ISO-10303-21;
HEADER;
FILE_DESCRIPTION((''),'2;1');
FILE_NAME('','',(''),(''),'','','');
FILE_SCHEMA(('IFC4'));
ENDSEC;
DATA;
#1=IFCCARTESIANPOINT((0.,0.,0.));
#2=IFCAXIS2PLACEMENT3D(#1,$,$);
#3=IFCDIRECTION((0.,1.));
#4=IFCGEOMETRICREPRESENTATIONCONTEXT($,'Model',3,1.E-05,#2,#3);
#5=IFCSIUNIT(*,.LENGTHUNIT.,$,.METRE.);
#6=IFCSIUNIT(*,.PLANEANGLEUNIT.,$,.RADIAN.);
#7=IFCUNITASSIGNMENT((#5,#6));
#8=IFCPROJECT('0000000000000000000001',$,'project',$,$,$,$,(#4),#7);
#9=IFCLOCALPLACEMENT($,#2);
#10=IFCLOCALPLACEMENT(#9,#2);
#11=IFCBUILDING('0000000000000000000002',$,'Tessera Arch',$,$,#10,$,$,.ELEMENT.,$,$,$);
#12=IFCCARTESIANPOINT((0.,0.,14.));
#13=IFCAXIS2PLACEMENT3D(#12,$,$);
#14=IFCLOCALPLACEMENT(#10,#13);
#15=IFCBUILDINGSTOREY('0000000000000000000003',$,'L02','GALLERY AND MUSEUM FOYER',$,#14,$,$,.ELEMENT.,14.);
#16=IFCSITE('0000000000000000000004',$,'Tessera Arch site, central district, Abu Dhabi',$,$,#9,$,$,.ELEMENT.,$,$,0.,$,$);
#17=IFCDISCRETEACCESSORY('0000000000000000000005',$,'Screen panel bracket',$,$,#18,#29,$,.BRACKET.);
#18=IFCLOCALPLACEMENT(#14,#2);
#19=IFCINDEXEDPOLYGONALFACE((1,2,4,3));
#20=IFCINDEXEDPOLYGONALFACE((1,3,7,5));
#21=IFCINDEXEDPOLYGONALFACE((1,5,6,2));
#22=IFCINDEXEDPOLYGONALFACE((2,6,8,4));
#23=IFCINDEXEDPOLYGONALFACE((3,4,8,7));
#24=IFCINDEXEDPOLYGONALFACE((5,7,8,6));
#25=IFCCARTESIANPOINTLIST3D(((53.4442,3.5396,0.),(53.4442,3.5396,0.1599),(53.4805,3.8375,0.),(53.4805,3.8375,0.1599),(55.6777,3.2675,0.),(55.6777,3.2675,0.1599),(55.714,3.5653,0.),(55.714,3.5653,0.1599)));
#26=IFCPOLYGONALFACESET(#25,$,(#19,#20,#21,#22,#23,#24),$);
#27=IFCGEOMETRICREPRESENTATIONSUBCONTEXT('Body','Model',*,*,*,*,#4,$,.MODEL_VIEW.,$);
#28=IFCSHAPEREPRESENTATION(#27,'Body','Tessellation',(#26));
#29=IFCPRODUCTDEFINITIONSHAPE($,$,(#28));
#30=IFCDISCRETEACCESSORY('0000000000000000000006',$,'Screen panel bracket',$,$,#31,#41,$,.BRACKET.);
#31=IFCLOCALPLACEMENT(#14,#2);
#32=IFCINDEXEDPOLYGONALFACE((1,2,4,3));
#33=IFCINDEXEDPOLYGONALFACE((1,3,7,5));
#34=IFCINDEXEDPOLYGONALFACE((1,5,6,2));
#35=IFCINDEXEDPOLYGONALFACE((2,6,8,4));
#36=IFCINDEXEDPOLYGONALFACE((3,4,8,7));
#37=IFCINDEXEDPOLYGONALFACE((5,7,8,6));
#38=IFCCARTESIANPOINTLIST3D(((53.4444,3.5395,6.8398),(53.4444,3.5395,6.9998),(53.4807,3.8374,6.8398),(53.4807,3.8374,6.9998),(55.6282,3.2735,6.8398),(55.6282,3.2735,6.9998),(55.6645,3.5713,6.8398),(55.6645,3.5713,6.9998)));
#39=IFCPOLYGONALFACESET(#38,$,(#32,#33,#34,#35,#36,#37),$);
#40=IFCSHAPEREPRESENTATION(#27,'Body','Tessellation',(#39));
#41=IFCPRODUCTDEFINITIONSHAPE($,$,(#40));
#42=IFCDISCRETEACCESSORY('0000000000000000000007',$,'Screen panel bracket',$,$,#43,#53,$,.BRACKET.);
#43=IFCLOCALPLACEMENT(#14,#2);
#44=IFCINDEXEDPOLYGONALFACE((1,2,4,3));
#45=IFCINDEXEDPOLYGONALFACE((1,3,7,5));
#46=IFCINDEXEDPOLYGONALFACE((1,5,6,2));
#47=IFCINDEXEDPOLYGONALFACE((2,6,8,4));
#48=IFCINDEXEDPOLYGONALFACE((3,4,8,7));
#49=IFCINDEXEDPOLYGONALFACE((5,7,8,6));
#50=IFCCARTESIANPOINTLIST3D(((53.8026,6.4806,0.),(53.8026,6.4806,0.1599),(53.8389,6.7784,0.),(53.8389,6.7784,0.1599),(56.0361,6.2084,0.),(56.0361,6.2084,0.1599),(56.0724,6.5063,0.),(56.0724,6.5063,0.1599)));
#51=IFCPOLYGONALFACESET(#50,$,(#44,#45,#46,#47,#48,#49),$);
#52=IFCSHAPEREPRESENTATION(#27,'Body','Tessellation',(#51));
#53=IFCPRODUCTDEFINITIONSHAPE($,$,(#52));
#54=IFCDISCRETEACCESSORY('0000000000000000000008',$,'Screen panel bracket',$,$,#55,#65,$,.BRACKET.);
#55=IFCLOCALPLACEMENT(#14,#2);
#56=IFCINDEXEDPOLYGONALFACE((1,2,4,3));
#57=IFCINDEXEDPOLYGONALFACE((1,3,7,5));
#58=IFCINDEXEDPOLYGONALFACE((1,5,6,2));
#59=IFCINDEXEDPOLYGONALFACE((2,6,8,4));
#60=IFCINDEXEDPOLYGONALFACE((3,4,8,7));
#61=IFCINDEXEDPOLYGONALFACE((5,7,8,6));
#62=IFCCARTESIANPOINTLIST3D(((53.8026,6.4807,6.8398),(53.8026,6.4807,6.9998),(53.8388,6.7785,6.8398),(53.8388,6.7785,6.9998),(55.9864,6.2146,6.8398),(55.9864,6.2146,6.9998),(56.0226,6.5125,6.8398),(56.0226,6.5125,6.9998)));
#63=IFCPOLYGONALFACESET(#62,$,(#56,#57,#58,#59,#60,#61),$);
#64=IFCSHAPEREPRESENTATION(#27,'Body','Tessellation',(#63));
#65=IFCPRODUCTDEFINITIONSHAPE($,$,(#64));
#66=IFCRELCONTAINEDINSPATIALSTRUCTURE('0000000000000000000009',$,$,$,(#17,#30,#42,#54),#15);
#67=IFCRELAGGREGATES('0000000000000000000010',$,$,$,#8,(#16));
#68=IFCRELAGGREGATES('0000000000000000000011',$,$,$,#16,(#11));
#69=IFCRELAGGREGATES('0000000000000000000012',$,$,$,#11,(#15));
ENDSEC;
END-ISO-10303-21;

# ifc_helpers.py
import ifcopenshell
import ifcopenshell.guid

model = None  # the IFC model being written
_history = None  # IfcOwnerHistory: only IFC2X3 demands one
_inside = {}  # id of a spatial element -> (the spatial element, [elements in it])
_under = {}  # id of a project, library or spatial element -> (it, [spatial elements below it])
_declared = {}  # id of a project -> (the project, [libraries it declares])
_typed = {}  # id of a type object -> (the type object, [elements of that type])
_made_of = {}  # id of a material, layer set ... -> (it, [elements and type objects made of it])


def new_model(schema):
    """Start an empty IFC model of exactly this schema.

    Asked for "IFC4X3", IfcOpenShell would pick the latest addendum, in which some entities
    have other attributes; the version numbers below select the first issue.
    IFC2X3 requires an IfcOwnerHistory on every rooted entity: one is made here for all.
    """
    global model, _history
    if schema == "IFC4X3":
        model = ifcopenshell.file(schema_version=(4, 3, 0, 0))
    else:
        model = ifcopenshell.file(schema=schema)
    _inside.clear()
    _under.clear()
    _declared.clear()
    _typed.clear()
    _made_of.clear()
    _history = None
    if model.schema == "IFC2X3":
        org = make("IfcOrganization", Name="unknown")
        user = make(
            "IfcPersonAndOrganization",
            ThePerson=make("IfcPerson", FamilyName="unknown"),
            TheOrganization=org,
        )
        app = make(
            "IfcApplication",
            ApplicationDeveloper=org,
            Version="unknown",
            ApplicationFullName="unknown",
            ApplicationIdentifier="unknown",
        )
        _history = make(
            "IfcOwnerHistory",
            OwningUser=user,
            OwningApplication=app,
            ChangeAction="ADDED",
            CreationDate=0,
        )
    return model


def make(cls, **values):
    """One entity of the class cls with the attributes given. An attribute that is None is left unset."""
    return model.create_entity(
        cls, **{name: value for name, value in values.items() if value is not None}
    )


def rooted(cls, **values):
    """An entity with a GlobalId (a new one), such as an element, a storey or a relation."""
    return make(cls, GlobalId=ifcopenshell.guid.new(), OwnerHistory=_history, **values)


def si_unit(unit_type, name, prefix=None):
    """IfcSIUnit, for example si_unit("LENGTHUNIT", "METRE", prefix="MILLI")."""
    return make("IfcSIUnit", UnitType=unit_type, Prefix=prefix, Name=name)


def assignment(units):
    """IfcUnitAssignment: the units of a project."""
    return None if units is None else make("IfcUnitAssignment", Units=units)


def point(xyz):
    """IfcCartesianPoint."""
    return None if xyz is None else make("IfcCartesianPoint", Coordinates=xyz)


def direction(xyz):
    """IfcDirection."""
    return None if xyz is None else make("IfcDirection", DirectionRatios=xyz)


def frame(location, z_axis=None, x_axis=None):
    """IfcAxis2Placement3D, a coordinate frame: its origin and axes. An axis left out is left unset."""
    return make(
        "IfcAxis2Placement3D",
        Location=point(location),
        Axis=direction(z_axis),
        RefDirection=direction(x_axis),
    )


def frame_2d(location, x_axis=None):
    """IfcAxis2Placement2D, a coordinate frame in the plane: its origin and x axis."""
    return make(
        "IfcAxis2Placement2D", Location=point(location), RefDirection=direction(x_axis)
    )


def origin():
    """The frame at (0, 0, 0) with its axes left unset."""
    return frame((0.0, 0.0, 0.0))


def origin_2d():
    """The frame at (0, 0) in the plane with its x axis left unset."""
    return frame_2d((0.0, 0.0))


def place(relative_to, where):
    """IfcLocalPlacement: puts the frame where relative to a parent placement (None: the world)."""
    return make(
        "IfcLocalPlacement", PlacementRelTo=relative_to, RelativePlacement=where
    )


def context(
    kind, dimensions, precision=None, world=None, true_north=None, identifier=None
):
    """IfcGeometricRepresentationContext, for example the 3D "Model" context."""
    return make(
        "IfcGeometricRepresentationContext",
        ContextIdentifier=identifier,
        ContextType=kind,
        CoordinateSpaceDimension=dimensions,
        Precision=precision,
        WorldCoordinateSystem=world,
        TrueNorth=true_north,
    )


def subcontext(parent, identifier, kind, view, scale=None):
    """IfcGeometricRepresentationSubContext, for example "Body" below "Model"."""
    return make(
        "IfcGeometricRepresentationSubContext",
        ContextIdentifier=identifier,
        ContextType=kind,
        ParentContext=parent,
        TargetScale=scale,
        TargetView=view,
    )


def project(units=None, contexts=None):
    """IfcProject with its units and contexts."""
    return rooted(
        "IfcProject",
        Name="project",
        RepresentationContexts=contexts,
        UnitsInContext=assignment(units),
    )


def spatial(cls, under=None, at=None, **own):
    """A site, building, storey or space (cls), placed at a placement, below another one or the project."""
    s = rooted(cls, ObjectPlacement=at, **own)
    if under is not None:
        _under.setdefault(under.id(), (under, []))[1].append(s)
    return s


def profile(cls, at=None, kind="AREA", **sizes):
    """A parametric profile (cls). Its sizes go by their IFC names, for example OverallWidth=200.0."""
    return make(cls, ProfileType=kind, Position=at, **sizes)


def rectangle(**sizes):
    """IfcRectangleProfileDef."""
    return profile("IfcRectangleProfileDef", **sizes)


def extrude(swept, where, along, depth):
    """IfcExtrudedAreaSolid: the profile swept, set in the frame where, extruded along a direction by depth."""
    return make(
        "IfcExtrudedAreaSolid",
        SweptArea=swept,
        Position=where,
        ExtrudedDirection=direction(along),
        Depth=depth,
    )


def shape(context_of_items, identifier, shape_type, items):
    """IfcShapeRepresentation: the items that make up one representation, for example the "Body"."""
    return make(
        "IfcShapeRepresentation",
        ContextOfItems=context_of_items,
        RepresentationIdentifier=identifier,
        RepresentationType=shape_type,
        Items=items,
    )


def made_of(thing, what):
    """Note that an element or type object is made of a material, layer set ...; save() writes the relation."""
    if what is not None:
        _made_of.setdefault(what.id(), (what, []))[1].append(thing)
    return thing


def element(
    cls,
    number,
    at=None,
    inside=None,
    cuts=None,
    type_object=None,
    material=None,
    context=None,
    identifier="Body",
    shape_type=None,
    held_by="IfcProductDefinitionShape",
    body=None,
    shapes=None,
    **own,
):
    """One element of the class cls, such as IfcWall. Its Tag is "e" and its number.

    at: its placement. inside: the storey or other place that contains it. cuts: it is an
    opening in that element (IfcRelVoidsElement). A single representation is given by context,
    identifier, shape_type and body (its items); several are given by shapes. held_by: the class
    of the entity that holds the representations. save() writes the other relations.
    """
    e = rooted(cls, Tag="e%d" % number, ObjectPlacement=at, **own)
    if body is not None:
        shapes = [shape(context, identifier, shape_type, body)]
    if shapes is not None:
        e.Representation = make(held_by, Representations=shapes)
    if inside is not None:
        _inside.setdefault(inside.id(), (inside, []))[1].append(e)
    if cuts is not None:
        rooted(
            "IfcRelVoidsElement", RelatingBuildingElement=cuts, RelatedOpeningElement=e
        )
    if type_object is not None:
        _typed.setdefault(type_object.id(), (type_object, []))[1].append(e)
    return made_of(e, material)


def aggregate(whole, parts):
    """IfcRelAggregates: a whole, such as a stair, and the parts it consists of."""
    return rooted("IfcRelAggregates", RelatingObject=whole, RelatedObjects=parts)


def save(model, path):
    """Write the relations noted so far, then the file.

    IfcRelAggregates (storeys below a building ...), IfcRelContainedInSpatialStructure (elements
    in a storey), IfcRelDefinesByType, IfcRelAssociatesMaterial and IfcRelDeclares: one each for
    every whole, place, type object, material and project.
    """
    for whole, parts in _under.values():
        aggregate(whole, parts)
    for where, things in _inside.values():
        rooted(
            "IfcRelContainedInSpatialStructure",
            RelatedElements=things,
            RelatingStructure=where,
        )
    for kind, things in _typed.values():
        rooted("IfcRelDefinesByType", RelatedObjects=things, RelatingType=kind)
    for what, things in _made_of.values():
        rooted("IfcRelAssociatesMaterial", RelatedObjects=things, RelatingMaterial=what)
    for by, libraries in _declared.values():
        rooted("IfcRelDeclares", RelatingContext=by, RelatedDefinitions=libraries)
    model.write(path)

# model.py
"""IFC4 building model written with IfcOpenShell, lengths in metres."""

from ifc_helpers import new_model, si_unit, direction, frame, origin, origin_2d, place, context, subcontext, project, spatial, rectangle, extrude, element, save


model = new_model("IFC4")

# Units and contexts
model_context = context("Model", 3, precision=1e-05, world=origin(), true_north=direction((0.0, 1.0)))
body_context = subcontext(model_context, "Body", "Model", "MODEL_VIEW")
ifc_project = project(units=[si_unit("LENGTHUNIT", "METRE"), si_unit("PLANEANGLEUNIT", "RADIAN")], contexts=[model_context])

# Site, building, storey
site_placement = place(None, origin())
site = spatial("IfcSite", under=ifc_project, at=site_placement, Name="Tessera Arch site, central district, Abu Dhabi", CompositionType="ELEMENT", RefElevation=0.0)
building_placement = place(site_placement, origin())
building = spatial("IfcBuilding", under=site, at=building_placement, Name="Tessera Arch", CompositionType="ELEMENT")
storey_placement = place(building_placement, frame((0.0, 0.0, 14.0)))
storey = spatial("IfcBuildingStorey", under=building, at=storey_placement, Name="L02", Description="GALLERY AND MUSEUM FOYER", CompositionType="ELEMENT", Elevation=14.0)

# Discrete accessories
discrete_accessory_1_placement = place(storey_placement, frame((54.5791, 3.5525, 0.0), z_axis=(0.0, 0.0, 1.0), x_axis=(0.992658, -0.120951, 0.0)))
element("IfcDiscreteAccessory", 1, at=discrete_accessory_1_placement, inside=storey, Name="Screen panel bracket", PredefinedType="BRACKET", context=body_context, shape_type="SweptSolid", body=[
    extrude(rectangle(XDim=2.25, YDim=0.3, at=origin_2d()), origin(), (0.0, 0.0, 1.0), 0.1599),
])
discrete_accessory_2_placement = place(storey_placement, frame((54.5544, 3.5554, 6.8398), z_axis=(0.0, 0.0, 1.0), x_axis=(0.992658, -0.120951, 0.0)))
element("IfcDiscreteAccessory", 2, at=discrete_accessory_2_placement, inside=storey, Name="Screen panel bracket", PredefinedType="BRACKET", context=body_context, shape_type="SweptSolid", body=[
    extrude(rectangle(XDim=2.2, YDim=0.3, at=origin_2d()), origin(), (0.0, 0.0, 1.0), 0.1599),
])
discrete_accessory_3_placement = place(storey_placement, frame((54.9375, 6.4934, 0.0), z_axis=(0.0, 0.0, 1.0), x_axis=(0.992658, -0.120951, 0.0)))
element("IfcDiscreteAccessory", 3, at=discrete_accessory_3_placement, inside=storey, Name="Screen panel bracket", PredefinedType="BRACKET", context=body_context, shape_type="SweptSolid", body=[
    extrude(rectangle(XDim=2.25, YDim=0.3, at=origin_2d()), origin(), (0.0, 0.0, 1.0), 0.1599),
])
discrete_accessory_4_placement = place(storey_placement, frame((54.9126, 6.4966, 6.8398), z_axis=(0.0, 0.0, 1.0), x_axis=(0.992658, -0.120951, 0.0)))
element("IfcDiscreteAccessory", 4, at=discrete_accessory_4_placement, inside=storey, Name="Screen panel bracket", PredefinedType="BRACKET", context=body_context, shape_type="SweptSolid", body=[
    extrude(rectangle(XDim=2.2, YDim=0.3, at=origin_2d()), origin(), (0.0, 0.0, 1.0), 0.1599),
])

save(model, "model.ifc")
